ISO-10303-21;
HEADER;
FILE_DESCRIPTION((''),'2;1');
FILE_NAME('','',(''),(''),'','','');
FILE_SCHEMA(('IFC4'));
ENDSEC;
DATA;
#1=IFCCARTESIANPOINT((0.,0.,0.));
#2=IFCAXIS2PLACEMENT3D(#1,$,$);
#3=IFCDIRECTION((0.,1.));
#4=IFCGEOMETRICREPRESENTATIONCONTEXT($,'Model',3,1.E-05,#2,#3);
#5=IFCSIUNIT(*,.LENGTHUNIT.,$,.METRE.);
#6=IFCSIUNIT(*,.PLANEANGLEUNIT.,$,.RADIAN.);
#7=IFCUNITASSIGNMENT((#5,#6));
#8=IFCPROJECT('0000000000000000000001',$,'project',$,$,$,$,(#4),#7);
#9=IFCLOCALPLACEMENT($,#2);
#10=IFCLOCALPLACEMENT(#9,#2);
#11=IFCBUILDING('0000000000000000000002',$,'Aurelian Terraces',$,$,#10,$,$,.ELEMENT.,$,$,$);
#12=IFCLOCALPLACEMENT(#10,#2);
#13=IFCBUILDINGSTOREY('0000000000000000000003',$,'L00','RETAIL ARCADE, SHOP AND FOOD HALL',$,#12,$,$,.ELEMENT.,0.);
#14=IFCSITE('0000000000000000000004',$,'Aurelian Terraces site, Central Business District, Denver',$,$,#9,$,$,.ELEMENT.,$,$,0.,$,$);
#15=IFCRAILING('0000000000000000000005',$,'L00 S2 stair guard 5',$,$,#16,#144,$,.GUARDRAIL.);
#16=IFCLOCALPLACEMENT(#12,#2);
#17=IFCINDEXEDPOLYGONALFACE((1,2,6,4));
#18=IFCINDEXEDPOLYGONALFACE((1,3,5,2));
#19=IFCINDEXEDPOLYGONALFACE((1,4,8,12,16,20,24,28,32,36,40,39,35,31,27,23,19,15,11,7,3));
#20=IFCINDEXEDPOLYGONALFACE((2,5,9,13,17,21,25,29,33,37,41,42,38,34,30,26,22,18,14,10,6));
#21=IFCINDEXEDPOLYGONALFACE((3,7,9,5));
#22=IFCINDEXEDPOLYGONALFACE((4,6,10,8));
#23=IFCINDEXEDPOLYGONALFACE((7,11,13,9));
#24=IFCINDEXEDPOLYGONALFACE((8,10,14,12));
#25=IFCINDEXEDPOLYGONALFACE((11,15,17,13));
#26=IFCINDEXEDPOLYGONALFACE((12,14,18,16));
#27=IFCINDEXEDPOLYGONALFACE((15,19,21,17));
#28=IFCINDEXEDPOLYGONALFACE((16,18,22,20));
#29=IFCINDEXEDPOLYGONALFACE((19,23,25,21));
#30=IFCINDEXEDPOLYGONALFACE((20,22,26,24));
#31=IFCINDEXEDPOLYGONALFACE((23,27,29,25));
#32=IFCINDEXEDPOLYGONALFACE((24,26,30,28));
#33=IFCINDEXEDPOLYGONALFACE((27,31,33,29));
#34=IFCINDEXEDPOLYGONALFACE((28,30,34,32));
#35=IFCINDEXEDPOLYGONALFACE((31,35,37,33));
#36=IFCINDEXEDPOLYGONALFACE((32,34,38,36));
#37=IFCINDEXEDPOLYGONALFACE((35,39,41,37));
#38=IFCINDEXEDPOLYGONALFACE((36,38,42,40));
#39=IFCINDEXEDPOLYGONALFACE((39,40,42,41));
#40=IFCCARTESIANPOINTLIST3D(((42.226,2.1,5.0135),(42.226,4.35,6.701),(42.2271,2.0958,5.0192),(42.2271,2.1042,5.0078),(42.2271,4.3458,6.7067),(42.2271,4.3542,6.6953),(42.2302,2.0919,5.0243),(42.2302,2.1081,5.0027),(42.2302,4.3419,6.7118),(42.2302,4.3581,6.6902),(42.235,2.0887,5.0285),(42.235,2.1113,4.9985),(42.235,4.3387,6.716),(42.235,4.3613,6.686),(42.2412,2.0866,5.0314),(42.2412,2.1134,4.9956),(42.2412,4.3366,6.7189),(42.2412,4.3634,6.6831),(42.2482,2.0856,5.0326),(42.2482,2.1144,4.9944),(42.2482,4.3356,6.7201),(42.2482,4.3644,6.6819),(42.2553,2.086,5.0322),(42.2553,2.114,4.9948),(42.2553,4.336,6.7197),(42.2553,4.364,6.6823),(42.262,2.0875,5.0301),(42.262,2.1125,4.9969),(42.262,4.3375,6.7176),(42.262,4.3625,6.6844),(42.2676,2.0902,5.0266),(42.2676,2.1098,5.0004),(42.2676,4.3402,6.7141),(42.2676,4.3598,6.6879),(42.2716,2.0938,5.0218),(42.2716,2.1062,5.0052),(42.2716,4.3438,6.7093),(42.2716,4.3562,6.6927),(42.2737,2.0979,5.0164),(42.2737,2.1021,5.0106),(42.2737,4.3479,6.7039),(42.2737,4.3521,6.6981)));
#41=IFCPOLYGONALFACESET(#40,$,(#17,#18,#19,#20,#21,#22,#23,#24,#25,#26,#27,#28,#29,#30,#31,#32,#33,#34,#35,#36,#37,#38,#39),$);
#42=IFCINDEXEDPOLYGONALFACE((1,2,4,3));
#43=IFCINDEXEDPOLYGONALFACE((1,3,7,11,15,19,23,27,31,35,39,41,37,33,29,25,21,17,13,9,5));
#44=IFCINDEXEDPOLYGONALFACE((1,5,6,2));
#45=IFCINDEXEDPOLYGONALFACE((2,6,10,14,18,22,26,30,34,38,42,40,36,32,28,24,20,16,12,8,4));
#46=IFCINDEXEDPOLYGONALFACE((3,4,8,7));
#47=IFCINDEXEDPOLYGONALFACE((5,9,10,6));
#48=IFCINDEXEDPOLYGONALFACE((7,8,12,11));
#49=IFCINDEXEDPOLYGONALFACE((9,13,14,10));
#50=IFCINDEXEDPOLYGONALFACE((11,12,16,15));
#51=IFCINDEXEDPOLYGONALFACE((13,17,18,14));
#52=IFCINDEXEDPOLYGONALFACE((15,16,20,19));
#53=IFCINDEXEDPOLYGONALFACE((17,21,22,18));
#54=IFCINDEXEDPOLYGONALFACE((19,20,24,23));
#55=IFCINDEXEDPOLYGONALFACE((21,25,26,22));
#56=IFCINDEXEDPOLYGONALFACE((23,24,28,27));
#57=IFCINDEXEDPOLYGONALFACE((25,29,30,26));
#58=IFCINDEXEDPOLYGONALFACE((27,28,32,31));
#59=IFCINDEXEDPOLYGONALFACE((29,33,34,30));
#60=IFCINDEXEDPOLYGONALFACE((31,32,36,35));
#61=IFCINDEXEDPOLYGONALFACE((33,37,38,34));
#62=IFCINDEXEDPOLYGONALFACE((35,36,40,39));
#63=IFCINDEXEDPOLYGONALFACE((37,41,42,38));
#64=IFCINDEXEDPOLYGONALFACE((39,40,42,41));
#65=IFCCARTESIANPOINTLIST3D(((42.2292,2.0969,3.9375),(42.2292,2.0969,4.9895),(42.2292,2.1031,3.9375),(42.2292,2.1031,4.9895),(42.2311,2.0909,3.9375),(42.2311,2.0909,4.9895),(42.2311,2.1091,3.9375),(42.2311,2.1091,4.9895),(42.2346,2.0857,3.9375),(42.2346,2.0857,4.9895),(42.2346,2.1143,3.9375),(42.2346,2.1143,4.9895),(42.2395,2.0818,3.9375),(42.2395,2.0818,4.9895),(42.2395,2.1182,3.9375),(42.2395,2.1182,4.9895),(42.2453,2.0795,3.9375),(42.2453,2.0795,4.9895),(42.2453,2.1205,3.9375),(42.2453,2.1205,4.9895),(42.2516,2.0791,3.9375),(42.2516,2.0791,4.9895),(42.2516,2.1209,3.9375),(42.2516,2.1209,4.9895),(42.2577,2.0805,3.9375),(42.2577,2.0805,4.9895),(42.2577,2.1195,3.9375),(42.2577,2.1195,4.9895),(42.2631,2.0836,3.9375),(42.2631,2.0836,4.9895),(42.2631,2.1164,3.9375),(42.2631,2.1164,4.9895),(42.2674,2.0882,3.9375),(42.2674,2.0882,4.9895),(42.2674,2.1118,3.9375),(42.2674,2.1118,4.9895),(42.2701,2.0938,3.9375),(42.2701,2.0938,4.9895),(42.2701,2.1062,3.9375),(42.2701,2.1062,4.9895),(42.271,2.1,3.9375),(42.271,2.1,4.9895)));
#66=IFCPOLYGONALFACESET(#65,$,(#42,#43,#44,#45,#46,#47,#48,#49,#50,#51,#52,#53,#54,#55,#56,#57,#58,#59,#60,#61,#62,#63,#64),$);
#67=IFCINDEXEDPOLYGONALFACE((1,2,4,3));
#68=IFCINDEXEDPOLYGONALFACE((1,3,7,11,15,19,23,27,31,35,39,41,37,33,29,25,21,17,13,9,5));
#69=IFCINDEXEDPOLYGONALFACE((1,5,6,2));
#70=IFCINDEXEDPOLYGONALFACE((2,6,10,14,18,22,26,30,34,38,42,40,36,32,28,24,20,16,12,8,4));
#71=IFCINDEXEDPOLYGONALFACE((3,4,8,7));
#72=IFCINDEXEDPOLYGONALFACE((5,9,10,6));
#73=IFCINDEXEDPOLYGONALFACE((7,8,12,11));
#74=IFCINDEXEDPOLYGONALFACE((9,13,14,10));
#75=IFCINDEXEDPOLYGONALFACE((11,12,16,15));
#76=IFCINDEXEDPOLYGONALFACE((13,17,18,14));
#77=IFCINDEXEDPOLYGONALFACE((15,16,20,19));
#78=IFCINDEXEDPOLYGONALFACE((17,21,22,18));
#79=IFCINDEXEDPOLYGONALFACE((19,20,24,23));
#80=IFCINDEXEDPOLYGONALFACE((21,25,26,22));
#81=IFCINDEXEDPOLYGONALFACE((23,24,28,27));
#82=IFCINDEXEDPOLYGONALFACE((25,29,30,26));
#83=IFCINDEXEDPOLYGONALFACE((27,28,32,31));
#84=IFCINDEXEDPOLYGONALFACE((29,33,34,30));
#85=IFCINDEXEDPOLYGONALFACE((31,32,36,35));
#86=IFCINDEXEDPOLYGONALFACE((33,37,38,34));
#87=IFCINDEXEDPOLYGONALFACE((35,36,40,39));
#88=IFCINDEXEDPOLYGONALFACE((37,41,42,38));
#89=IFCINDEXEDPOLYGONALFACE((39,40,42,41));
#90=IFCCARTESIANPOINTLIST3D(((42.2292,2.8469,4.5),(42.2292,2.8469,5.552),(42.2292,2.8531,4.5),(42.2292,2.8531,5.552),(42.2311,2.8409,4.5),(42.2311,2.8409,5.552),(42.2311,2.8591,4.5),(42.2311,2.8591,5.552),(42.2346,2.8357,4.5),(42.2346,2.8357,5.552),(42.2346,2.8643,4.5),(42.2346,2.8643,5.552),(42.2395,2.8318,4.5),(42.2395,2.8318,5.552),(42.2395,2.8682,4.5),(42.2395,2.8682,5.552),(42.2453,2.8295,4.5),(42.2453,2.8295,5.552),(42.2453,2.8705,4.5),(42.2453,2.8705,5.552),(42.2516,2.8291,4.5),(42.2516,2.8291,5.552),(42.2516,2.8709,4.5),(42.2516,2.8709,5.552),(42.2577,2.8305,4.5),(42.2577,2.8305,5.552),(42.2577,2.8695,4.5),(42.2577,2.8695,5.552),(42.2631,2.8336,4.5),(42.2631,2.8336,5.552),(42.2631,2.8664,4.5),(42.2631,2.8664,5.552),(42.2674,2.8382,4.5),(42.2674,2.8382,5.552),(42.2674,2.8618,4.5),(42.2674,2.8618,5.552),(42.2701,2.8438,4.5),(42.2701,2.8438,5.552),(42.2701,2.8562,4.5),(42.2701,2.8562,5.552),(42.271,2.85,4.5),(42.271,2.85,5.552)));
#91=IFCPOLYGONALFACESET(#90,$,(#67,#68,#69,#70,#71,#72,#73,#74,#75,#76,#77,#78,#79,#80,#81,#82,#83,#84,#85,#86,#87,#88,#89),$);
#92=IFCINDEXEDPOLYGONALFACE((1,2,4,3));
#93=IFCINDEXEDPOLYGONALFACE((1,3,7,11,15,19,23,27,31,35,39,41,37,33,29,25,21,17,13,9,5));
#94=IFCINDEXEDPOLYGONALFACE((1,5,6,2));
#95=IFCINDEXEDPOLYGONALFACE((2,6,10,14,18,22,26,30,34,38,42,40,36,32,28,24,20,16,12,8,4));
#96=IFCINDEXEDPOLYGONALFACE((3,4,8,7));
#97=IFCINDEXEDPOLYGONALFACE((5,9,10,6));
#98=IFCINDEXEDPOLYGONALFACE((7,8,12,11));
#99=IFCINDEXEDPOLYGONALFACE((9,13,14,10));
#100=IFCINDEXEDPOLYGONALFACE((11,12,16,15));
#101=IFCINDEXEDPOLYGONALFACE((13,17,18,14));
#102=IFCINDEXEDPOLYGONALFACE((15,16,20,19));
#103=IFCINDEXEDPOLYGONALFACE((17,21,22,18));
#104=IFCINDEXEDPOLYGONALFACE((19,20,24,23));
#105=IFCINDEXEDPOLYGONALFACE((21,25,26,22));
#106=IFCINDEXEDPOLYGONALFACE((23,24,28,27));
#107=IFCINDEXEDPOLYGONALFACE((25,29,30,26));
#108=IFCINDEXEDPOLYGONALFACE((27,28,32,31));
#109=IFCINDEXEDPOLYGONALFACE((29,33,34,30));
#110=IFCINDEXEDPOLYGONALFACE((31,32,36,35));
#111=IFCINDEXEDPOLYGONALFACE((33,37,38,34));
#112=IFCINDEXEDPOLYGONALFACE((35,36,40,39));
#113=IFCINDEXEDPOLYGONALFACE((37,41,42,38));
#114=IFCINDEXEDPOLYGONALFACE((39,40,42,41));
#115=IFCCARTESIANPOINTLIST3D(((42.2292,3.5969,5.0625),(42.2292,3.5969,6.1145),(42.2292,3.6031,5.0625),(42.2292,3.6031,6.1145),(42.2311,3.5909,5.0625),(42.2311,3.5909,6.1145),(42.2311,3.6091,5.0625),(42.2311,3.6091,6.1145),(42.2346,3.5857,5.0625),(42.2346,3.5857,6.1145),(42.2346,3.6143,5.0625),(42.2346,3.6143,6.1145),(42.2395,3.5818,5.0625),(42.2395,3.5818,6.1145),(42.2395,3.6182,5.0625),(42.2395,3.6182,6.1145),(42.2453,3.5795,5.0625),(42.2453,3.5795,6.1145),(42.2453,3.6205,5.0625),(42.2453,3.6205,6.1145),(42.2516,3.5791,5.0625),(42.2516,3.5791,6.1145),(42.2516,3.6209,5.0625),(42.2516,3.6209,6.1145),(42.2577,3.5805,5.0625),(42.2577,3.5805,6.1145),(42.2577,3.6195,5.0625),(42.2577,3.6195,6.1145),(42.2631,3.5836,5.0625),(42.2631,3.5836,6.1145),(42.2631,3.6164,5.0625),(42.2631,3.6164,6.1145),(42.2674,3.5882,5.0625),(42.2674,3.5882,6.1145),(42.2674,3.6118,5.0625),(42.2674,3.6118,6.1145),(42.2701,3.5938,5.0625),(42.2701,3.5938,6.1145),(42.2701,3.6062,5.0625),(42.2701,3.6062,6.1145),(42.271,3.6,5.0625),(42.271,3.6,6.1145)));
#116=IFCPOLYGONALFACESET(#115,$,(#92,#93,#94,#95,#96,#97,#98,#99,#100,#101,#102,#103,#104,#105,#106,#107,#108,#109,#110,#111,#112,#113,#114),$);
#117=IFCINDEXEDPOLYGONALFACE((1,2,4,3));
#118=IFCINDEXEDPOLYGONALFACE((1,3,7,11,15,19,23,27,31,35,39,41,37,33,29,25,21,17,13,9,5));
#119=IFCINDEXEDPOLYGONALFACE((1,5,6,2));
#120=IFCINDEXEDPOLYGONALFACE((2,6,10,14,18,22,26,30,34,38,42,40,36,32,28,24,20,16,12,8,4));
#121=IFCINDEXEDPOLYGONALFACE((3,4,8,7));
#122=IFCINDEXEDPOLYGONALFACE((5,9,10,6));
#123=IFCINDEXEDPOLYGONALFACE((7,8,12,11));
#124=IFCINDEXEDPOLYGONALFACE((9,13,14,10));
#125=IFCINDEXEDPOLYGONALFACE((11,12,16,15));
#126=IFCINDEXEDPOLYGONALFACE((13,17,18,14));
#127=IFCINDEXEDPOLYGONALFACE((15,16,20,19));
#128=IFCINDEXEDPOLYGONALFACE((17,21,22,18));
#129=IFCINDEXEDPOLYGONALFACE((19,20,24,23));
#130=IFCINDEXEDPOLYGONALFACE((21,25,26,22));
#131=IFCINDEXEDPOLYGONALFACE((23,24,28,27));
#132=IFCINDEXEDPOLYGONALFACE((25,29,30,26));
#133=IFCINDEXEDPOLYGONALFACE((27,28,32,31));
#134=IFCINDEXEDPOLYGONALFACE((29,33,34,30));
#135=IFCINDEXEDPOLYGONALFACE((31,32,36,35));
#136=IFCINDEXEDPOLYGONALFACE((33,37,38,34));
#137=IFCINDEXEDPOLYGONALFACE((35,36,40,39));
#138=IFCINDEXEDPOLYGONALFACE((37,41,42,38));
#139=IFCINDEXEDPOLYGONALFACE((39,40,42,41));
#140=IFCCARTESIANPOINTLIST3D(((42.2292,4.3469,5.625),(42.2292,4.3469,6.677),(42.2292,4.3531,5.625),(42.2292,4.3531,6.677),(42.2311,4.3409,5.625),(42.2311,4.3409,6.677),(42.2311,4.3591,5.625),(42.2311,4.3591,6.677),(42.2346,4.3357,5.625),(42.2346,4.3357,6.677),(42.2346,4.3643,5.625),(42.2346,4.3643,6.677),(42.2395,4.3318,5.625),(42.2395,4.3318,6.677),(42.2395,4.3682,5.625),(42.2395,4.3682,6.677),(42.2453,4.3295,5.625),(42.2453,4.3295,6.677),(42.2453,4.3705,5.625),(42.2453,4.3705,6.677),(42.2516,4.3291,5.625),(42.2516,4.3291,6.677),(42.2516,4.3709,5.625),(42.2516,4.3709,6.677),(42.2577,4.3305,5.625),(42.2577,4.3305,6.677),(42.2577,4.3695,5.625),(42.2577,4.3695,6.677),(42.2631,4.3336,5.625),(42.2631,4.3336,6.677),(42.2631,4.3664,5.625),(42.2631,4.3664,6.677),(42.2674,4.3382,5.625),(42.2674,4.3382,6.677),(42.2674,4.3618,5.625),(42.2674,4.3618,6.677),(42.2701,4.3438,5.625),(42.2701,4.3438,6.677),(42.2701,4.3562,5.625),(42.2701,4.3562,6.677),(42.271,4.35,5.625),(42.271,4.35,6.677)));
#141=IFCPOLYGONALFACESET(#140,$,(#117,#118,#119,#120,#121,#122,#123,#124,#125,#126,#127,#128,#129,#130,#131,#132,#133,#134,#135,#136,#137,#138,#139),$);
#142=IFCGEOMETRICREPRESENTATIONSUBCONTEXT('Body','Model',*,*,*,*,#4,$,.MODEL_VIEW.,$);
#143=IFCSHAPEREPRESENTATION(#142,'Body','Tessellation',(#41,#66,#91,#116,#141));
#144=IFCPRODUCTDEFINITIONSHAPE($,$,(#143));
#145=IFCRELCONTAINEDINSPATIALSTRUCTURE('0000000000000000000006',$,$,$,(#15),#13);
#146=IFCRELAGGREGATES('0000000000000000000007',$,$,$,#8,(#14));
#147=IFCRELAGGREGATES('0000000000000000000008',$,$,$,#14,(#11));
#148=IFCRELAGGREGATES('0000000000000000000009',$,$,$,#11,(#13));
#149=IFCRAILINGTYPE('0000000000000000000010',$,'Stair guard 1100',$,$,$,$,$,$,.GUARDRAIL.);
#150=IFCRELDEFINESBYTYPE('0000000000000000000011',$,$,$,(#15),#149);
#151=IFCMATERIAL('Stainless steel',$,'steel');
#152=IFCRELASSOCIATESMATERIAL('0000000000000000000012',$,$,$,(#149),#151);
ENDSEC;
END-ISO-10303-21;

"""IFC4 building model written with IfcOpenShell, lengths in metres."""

from ifc_helpers import new_model, si_unit, direction, frame, origin, origin_2d, place, context, subcontext, project, spatial, circle, extrude, source, transform, mapped, material, type_object, element, save


model = new_model("IFC4")

# Units and contexts
model_context = context("Model", 3, precision=1e-05, world=origin(), true_north=direction((0.0, 1.0)))
body_context = subcontext(model_context, "Body", "Model", "MODEL_VIEW")
ifc_project = project(units=[si_unit("LENGTHUNIT", "METRE"), si_unit("PLANEANGLEUNIT", "RADIAN")], contexts=[model_context])

# Site, building, storey
site_placement = place(None, origin())
site = spatial("IfcSite", under=ifc_project, at=site_placement, Name="Aurelian Terraces site, Central Business District, Denver", CompositionType="ELEMENT", RefElevation=0.0)
building_placement = place(site_placement, origin())
building = spatial("IfcBuilding", under=site, at=building_placement, Name="Aurelian Terraces", CompositionType="ELEMENT")
storey_placement = place(building_placement, origin())
storey = spatial("IfcBuildingStorey", under=building, at=storey_placement, Name="L00", Description="RETAIL ARCADE, SHOP AND FOOD HALL", CompositionType="ELEMENT", Elevation=0.0)

# Railing
ifc_material_1 = material(Name="Stainless steel", Category="steel")
railing_type_1 = type_object("IfcRailingType", Name="Stair guard 1100", PredefinedType="GUARDRAIL", material=ifc_material_1)
shared_shape_1 = source(origin(), body_context, "Body", "SweptSolid", [
    extrude(circle(Radius=0.024, at=origin_2d()), frame((0.0, 0.0, 1.076), z_axis=(0.0, 0.8, 0.6), x_axis=(-1.0, 0.0, 0.0)), (0.0, 0.0, 1.0), 2.8125),
    extrude(circle(Radius=0.021, at=origin_2d()), origin(), (0.0, 0.0, 1.0), 1.052),
    extrude(circle(Radius=0.021, at=origin_2d()), frame((0.0, 0.75, 0.5625)), (0.0, 0.0, 1.0), 1.052),
    extrude(circle(Radius=0.021, at=origin_2d()), frame((0.0, 1.5, 1.125)), (0.0, 0.0, 1.0), 1.052),
    extrude(circle(Radius=0.021, at=origin_2d()), frame((0.0, 2.25, 1.6875)), (0.0, 0.0, 1.0), 1.052),
])
for number, where, name in (
    (1, (42.25, 2.1, 3.9375), "L00 S2 stair guard 5"),
):
    element("IfcRailing", number, at=place(storey_placement, frame(where)), inside=storey, type_object=railing_type_1, Name=name, PredefinedType="GUARDRAIL", context=body_context, shape_type="MappedRepresentation", body=[
        mapped(shared_shape_1, transform((0.0, 0.0, 0.0), scale=1.0)),
    ])

save(model, "model.ifc")
